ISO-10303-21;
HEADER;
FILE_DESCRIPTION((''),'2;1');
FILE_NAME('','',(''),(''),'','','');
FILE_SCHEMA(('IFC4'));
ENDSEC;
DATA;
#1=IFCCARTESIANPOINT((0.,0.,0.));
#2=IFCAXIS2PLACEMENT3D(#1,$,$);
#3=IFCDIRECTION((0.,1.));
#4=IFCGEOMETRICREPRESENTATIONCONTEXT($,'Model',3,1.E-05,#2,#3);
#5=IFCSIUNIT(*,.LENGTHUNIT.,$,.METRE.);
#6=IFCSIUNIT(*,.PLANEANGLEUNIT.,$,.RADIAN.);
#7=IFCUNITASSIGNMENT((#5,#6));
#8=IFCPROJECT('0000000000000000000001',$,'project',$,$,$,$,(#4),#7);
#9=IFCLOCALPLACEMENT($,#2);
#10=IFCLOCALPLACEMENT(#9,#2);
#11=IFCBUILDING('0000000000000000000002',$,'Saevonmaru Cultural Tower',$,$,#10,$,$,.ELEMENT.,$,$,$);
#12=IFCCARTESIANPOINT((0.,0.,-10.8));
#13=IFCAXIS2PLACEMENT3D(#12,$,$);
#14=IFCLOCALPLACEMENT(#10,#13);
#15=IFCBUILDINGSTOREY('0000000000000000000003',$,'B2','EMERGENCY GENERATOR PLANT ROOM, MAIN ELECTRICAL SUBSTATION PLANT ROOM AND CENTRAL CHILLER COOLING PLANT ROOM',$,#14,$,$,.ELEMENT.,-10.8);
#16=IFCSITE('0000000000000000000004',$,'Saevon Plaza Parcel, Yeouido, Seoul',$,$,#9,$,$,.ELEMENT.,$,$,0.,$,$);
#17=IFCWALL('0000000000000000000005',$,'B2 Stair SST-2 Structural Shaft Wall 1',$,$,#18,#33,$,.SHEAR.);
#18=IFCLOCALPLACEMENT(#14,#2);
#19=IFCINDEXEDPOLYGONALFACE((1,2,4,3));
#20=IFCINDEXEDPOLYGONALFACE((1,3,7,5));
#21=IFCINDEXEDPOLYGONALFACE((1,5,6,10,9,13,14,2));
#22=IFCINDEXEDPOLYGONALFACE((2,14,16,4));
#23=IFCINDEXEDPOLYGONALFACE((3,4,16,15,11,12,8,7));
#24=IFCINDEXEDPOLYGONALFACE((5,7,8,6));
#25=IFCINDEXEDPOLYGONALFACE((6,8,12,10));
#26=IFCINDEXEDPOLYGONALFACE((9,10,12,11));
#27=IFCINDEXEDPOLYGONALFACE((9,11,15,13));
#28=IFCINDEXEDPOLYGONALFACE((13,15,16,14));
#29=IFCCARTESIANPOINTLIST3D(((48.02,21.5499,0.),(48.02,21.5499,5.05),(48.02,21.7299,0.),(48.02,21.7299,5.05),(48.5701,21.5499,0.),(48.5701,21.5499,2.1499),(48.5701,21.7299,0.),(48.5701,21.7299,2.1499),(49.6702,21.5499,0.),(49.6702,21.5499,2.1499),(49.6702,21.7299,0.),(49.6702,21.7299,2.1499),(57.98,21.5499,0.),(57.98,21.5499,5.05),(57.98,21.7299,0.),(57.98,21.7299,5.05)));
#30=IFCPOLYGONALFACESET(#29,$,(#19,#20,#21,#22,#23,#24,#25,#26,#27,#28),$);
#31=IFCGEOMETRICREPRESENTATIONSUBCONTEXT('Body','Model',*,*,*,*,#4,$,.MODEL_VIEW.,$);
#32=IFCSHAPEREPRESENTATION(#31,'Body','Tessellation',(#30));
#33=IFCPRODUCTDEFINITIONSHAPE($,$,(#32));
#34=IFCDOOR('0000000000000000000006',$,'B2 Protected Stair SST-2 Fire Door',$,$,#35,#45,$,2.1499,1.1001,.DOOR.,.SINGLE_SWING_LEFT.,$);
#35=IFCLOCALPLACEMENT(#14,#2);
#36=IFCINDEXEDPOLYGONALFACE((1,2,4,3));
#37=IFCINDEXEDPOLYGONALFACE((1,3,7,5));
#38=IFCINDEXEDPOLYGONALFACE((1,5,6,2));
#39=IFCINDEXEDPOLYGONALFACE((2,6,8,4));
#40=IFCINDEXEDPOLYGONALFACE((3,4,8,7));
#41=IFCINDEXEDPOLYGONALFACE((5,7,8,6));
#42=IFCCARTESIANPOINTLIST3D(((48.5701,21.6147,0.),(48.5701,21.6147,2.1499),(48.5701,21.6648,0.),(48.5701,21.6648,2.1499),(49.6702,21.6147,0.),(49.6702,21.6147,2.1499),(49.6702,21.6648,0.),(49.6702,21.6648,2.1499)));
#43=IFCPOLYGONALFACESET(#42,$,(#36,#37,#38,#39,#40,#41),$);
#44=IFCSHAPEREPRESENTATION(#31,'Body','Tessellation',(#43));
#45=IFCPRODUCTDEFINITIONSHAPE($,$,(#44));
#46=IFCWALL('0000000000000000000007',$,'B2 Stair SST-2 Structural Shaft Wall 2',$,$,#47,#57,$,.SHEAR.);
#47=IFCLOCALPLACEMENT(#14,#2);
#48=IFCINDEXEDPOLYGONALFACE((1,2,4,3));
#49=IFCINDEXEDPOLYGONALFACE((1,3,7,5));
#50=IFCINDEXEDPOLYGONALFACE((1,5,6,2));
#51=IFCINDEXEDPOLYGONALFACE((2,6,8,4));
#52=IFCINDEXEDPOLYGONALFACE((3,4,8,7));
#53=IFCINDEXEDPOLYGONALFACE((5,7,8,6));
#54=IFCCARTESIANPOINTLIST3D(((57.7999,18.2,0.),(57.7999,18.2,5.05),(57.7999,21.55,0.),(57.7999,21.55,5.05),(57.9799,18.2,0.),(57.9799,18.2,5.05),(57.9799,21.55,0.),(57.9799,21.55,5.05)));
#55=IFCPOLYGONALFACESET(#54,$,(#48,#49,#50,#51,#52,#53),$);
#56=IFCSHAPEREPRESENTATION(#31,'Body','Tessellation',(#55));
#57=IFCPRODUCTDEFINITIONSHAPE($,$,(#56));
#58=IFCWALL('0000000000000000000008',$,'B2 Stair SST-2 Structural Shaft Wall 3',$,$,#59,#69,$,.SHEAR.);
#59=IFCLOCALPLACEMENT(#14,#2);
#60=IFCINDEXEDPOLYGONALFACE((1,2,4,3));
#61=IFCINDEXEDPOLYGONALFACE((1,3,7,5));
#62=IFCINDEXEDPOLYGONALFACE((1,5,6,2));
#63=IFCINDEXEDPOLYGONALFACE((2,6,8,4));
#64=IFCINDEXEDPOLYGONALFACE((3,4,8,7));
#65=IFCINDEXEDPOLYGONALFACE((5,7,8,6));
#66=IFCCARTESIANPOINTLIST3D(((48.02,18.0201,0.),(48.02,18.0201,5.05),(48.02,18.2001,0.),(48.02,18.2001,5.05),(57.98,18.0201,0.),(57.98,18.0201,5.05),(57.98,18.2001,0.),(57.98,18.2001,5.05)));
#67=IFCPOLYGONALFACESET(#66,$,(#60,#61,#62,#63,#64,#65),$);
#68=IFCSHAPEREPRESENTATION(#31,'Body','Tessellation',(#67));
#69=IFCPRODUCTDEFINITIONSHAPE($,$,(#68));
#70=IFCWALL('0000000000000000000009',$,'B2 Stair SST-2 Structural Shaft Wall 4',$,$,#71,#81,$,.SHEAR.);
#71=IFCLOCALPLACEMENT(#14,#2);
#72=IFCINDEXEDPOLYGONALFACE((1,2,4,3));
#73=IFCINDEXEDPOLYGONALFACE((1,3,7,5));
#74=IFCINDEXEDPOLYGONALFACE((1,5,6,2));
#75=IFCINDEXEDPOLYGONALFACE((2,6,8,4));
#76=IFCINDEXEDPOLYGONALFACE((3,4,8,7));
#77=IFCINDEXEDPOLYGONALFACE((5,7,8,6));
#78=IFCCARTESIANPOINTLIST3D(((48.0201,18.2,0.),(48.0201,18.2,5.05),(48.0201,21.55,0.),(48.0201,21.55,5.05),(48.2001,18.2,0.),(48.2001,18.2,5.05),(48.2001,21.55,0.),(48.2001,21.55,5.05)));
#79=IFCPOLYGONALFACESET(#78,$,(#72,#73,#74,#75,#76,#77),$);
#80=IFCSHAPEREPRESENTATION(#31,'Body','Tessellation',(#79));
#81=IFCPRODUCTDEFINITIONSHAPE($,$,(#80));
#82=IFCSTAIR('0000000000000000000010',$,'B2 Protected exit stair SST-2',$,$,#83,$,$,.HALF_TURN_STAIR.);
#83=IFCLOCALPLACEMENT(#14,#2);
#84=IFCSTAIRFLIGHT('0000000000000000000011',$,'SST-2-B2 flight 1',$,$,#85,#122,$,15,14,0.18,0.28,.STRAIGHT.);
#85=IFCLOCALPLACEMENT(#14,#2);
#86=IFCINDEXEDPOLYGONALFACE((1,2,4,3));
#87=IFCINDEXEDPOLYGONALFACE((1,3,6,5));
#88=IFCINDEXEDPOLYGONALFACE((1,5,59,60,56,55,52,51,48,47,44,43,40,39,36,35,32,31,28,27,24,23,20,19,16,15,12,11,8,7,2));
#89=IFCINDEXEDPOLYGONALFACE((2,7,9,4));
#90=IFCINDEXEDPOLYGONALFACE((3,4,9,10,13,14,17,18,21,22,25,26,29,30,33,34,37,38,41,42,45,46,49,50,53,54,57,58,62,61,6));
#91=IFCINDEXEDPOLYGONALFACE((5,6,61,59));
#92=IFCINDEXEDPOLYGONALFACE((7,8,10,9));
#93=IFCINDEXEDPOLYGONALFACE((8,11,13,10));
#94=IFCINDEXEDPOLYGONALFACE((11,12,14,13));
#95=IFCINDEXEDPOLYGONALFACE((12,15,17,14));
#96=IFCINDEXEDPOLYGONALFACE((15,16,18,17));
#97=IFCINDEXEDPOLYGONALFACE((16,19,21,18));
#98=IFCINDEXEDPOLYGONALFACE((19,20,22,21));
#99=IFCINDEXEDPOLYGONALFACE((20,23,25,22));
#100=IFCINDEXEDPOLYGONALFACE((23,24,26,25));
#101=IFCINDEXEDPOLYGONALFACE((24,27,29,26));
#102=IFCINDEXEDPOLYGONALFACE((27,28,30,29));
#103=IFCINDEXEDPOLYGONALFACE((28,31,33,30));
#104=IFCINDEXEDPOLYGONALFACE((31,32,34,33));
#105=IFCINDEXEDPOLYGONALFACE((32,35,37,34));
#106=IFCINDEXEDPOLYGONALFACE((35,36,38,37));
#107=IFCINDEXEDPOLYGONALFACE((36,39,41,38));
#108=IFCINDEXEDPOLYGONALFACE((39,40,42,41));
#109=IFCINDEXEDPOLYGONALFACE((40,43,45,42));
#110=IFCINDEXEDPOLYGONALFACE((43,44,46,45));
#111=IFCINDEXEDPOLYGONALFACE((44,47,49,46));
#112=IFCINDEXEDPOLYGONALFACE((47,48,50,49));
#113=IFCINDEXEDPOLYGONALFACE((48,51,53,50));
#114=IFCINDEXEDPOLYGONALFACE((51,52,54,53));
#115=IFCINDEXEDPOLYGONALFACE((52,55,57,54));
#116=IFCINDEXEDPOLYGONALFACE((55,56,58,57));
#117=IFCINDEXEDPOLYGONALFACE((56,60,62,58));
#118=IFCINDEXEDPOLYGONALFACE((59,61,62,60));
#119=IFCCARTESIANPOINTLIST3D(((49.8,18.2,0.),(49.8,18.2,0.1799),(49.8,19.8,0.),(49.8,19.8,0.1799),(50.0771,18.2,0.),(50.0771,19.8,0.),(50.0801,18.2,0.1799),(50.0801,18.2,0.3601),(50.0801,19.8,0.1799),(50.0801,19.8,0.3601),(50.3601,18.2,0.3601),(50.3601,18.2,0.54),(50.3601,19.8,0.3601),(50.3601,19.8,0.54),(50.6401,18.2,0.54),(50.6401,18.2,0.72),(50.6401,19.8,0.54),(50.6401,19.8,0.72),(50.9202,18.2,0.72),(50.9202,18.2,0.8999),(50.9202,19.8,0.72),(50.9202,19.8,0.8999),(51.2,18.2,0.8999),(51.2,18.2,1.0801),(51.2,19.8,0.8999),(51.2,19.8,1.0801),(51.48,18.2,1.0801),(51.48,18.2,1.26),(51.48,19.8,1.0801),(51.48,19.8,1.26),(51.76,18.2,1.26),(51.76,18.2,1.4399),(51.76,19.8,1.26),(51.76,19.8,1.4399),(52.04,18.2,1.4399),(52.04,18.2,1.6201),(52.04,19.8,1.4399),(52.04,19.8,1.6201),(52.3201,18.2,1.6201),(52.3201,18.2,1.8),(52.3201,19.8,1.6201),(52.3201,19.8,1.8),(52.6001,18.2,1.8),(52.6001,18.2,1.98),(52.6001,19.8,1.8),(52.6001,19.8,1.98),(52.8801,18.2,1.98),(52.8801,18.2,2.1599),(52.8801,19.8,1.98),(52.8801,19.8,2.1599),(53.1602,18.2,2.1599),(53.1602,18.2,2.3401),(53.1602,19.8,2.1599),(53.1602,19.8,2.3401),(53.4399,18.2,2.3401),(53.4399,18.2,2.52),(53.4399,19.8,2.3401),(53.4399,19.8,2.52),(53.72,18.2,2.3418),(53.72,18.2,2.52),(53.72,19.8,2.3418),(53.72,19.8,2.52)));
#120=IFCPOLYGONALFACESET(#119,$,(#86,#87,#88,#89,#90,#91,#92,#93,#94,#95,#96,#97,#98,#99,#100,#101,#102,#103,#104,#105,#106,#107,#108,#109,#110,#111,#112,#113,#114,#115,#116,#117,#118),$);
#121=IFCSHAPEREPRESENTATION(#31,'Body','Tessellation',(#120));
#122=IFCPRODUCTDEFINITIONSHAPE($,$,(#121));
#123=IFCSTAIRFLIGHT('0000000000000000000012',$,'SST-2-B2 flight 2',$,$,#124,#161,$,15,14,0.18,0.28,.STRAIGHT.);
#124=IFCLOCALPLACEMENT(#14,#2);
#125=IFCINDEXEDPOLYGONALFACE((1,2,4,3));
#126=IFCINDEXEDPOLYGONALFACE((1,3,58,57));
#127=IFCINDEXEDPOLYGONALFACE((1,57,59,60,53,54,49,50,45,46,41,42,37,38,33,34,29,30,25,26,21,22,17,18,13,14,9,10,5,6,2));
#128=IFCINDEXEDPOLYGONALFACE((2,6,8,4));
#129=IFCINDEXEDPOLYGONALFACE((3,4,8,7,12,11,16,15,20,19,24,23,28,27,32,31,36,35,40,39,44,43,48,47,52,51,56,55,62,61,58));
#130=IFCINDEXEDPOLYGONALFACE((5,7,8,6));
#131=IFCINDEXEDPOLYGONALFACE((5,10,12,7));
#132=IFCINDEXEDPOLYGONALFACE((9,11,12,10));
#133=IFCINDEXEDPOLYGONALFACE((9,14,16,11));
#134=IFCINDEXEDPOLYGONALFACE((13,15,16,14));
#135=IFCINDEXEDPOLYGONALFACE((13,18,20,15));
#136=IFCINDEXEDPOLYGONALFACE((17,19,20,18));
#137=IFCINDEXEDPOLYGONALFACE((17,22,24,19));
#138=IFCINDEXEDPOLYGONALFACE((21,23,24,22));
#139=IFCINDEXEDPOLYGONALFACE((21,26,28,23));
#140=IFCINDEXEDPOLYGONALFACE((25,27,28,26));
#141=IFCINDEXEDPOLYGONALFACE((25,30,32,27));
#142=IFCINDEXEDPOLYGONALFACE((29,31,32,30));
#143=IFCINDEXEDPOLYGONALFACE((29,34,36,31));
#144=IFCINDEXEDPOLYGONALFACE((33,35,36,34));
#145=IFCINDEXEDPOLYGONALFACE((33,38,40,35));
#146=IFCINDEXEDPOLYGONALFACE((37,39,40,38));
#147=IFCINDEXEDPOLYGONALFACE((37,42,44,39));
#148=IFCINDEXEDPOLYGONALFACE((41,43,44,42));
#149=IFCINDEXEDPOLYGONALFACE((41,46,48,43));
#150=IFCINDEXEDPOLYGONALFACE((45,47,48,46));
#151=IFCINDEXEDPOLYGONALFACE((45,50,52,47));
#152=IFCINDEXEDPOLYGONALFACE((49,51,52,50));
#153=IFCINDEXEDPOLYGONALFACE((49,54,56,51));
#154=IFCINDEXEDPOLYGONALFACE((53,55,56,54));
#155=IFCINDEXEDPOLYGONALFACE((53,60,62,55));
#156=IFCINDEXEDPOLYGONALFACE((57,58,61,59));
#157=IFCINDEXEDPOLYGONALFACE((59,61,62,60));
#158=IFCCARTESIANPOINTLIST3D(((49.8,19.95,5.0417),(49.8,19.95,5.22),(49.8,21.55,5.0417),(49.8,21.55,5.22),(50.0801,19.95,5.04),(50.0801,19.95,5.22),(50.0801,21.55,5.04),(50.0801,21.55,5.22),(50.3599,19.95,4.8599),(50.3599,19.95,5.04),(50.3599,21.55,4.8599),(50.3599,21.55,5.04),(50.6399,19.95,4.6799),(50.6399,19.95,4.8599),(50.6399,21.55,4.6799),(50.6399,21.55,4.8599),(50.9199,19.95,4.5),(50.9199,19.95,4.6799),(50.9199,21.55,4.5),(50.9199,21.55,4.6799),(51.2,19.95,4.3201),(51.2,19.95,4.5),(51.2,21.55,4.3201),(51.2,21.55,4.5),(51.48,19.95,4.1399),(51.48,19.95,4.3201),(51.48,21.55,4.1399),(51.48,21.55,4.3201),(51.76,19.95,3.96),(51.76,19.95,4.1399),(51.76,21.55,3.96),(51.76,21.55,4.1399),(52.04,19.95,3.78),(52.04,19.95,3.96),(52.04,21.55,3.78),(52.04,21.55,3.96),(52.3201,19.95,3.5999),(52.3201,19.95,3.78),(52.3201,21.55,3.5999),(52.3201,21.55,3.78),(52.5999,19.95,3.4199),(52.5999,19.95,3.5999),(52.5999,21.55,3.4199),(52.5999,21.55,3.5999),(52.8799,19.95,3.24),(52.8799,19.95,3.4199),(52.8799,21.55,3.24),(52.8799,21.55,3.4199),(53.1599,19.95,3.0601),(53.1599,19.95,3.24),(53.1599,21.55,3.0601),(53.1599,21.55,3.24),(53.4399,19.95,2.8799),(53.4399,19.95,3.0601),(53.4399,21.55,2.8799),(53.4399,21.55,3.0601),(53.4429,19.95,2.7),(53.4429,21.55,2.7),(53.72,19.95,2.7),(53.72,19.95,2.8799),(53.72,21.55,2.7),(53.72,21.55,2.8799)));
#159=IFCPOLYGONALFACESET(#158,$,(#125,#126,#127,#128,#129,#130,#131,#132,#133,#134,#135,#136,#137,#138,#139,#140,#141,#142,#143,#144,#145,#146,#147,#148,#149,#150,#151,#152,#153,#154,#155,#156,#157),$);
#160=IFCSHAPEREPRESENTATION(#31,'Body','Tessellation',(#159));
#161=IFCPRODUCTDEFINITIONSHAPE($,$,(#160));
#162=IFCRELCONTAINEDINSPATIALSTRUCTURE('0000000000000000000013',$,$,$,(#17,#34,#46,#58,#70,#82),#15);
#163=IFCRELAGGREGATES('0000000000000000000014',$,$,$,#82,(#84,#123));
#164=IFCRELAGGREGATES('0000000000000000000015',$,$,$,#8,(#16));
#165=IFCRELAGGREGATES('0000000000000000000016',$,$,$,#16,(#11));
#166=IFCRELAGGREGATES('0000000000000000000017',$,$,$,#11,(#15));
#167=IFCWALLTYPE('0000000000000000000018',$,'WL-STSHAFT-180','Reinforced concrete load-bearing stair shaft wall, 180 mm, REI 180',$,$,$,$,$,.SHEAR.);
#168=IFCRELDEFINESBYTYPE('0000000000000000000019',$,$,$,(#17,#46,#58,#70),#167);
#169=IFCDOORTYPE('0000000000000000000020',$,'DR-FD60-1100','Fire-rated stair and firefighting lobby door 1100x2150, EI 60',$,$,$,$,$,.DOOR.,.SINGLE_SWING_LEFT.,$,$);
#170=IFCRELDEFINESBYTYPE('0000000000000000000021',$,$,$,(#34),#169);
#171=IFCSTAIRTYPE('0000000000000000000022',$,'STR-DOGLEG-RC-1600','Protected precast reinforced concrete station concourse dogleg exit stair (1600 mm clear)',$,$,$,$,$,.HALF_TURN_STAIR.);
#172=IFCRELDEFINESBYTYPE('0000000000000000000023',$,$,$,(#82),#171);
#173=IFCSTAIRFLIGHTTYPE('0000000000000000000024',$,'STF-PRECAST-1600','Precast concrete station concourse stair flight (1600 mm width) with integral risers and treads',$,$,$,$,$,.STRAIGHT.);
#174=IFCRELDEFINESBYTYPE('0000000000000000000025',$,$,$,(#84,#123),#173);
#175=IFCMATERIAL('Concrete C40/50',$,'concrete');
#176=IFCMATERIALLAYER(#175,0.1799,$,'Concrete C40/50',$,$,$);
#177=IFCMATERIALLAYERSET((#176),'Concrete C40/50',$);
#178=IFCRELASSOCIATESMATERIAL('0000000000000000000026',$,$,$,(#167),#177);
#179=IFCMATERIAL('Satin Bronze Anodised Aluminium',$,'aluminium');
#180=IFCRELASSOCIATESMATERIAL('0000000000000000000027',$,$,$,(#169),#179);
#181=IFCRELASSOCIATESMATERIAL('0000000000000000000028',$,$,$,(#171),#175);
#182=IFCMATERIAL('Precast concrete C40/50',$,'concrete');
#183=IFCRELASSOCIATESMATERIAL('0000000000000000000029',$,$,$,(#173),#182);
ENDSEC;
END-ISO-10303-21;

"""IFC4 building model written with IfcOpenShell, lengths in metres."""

from ifc_helpers import new_model, si_unit, direction, frame, frame_2d, origin, place, context, subcontext, project, spatial, polyline, rectangle, outline, extrude, material, layer, layer_set, type_object, element, fill, aggregate, save


model = new_model("IFC4")

# Units and contexts
model_context = context("Model", 3, precision=1e-05, world=origin(), true_north=direction((0.0, 1.0)))
body_context = subcontext(model_context, "Body", "Model", "MODEL_VIEW")
ifc_project = project(units=[si_unit("LENGTHUNIT", "METRE"), si_unit("PLANEANGLEUNIT", "RADIAN")], contexts=[model_context])

# Site, building, storey
site_placement = place(None, origin())
site = spatial("IfcSite", under=ifc_project, at=site_placement, Name="Saevon Plaza Parcel, Yeouido, Seoul", CompositionType="ELEMENT", RefElevation=0.0)
building_placement = place(site_placement, origin())
building = spatial("IfcBuilding", under=site, at=building_placement, Name="Saevonmaru Cultural Tower", CompositionType="ELEMENT")
storey_placement = place(building_placement, frame((0.0, 0.0, -10.8)))
storey = spatial("IfcBuildingStorey", under=building, at=storey_placement, Name="B2", Description="EMERGENCY GENERATOR PLANT ROOM, MAIN ELECTRICAL SUBSTATION PLANT ROOM AND CENTRAL CHILLER COOLING PLANT ROOM", CompositionType="ELEMENT", Elevation=-10.8)

# Wall, opening, door
ifc_material_1 = material(Name="Concrete C40/50", Category="concrete")
ifc_layer = layer(ifc_material_1, 0.1799, Name="Concrete C40/50")
ifc_layer_set = layer_set([ifc_layer], Name="Concrete C40/50")
wall_type = type_object("IfcWallType", Name="WL-STSHAFT-180", Description="Reinforced concrete load-bearing stair shaft wall, 180 mm, REI 180", PredefinedType="SHEAR", material=ifc_layer_set)
wall_1_placement = place(storey_placement, frame((48.02, 21.6399, 0.0), z_axis=(0.0, 0.0, 1.0), x_axis=(1.0, 0.0, 0.0)))
wall_1 = element("IfcWall", 1, at=wall_1_placement, inside=storey, type_object=wall_type, Name="B2 Stair SST-2 Structural Shaft Wall 1", PredefinedType="SHEAR", context=body_context, shape_type="SweptSolid", body=[
    extrude(rectangle(XDim=9.96, YDim=0.1799, at=frame_2d((4.98, 0.0))), origin(), (0.0, 0.0, 1.0), 5.05),
])
opening_placement = place(wall_1_placement, frame((0.55, 0.0, 0.0)))
opening = element("IfcOpeningElement", 2, at=opening_placement, cuts=wall_1, PredefinedType="OPENING", context=body_context, shape_type="SweptSolid", body=[
    extrude(rectangle(XDim=1.1001, YDim=2.1499, at=frame_2d((0.55, 1.075))), frame((0.0, 0.1001, 0.0), z_axis=(0.0, -1.0, 0.0), x_axis=(1.0, 0.0, 0.0)), (0.0, 0.0, 1.0), 0.2),
])
ifc_material_2 = material(Name="Satin Bronze Anodised Aluminium", Category="aluminium")
door_type = type_object("IfcDoorType", Name="DR-FD60-1100", Description="Fire-rated stair and firefighting lobby door 1100x2150, EI 60", OperationType="SINGLE_SWING_LEFT", PredefinedType="DOOR", material=ifc_material_2)
door_placement = place(opening_placement, origin())
door = element("IfcDoor", 3, at=door_placement, inside=storey, type_object=door_type, Name="B2 Protected Stair SST-2 Fire Door", OperationType="SINGLE_SWING_LEFT", OverallHeight=2.1499, OverallWidth=1.1001, PredefinedType="DOOR", context=body_context, shape_type="SweptSolid", body=[
    extrude(rectangle(XDim=1.1001, YDim=2.1499, at=frame_2d((0.55, 1.075))), frame((0.0, 0.0249, 0.0), z_axis=(0.0, -1.0, 0.0), x_axis=(1.0, 0.0, 0.0)), (0.0, 0.0, 1.0), 0.05),
])
fill(opening, door)

# Walls
wall_2_placement = place(storey_placement, frame((57.8899, 21.55, 0.0), z_axis=(0.0, 0.0, 1.0), x_axis=(0.0, -1.0, 0.0)))
element("IfcWall", 4, at=wall_2_placement, inside=storey, type_object=wall_type, Name="B2 Stair SST-2 Structural Shaft Wall 2", PredefinedType="SHEAR", context=body_context, shape_type="SweptSolid", body=[
    extrude(rectangle(XDim=3.3501, YDim=0.1799, at=frame_2d((1.675, 0.0))), origin(), (0.0, 0.0, 1.0), 5.05),
])
wall_3_placement = place(storey_placement, frame((57.98, 18.1101, 0.0), z_axis=(0.0, 0.0, 1.0), x_axis=(-1.0, 0.0, 0.0)))
element("IfcWall", 5, at=wall_3_placement, inside=storey, type_object=wall_type, Name="B2 Stair SST-2 Structural Shaft Wall 3", PredefinedType="SHEAR", context=body_context, shape_type="SweptSolid", body=[
    extrude(rectangle(XDim=9.96, YDim=0.1799, at=frame_2d((4.98, 0.0))), origin(), (0.0, 0.0, 1.0), 5.05),
])
wall_4_placement = place(storey_placement, frame((48.1101, 18.2, 0.0), z_axis=(0.0, 0.0, 1.0), x_axis=(0.0, 1.0, 0.0)))
element("IfcWall", 6, at=wall_4_placement, inside=storey, type_object=wall_type, Name="B2 Stair SST-2 Structural Shaft Wall 4", PredefinedType="SHEAR", context=body_context, shape_type="SweptSolid", body=[
    extrude(rectangle(XDim=3.3501, YDim=0.1799, at=frame_2d((1.675, 0.0))), origin(), (0.0, 0.0, 1.0), 5.05),
])

# Stair, stair flights
stair_type = type_object("IfcStairType", Name="STR-DOGLEG-RC-1600", Description="Protected precast reinforced concrete station concourse dogleg exit stair (1600 mm clear)", PredefinedType="HALF_TURN_STAIR", material=ifc_material_1)
stair_placement = place(storey_placement, origin())
stair = element("IfcStair", 7, at=stair_placement, inside=storey, type_object=stair_type, Name="B2 Protected exit stair SST-2", PredefinedType="HALF_TURN_STAIR")
ifc_material_3 = material(Name="Precast concrete C40/50", Category="concrete")
stair_flight_type = type_object("IfcStairFlightType", Name="STF-PRECAST-1600", Description="Precast concrete station concourse stair flight (1600 mm width) with integral risers and treads", PredefinedType="STRAIGHT", material=ifc_material_3)
stair_flight_1_placement = place(storey_placement, frame((49.8, 19.0, 0.0), z_axis=(0.0, 0.0, 1.0), x_axis=(1.0, 0.0, 0.0)))
stair_flight_1 = element("IfcStairFlight", 8, at=stair_flight_1_placement, type_object=stair_flight_type, Name="SST-2-B2 flight 1", NumberOfRisers=15, NumberOfTreads=14, PredefinedType="STRAIGHT", RiserHeight=0.18, TreadLength=0.28, context=body_context, shape_type="SweptSolid", body=[
    extrude(outline(polyline([(0.0, 0.0), (0.0, 0.1799), (0.28, 0.1799), (0.28, 0.3601), (0.5601, 0.3601), (0.5601, 0.54), (0.8401, 0.54), (0.8401, 0.72), (1.1201, 0.72), (1.1201, 0.8999), (1.3999, 0.8999), (1.3999, 1.0801), (1.6799, 1.0801), (1.6799, 1.26), (1.96, 1.26), (1.96, 1.4399), (2.24, 1.4399), (2.24, 1.6201), (2.52, 1.6201), (2.52, 1.8), (2.8, 1.8), (2.8, 1.98), (3.0801, 1.98), (3.0801, 2.1599), (3.3601, 2.1599), (3.3601, 2.3401), (3.6399, 2.3401), (3.6399, 2.52), (3.9199, 2.52), (3.9199, 2.7), (3.9199, 2.3418), (0.2771, 0.0), (0.0, 0.0)])), frame((0.0, 0.8, 0.0), z_axis=(0.0, -1.0, 0.0), x_axis=(1.0, 0.0, 0.0)), (0.0, 0.0, 1.0), 1.6001),
])
stair_flight_2_placement = place(storey_placement, frame((53.72, 20.75, 2.7), z_axis=(0.0, 0.0, 1.0), x_axis=(-1.0, 0.0, 0.0)))
stair_flight_2 = element("IfcStairFlight", 9, at=stair_flight_2_placement, type_object=stair_flight_type, Name="SST-2-B2 flight 2", NumberOfRisers=15, NumberOfTreads=14, PredefinedType="STRAIGHT", RiserHeight=0.18, TreadLength=0.28, context=body_context, shape_type="SweptSolid", body=[
    extrude(outline(polyline([(0.0, 0.0), (0.0, 0.1799), (0.28, 0.1799), (0.28, 0.3601), (0.5601, 0.3601), (0.5601, 0.54), (0.8401, 0.54), (0.8401, 0.72), (1.1201, 0.72), (1.1201, 0.8999), (1.3999, 0.8999), (1.3999, 1.0801), (1.6799, 1.0801), (1.6799, 1.26), (1.96, 1.26), (1.96, 1.4399), (2.24, 1.4399), (2.24, 1.6201), (2.52, 1.6201), (2.52, 1.8), (2.8, 1.8), (2.8, 1.98), (3.0801, 1.98), (3.0801, 2.1599), (3.3601, 2.1599), (3.3601, 2.3401), (3.6399, 2.3401), (3.6399, 2.52), (3.9199, 2.52), (3.9199, 2.7), (3.9199, 2.3418), (0.2771, 0.0), (0.0, 0.0)])), frame((0.0, 0.8, 0.0), z_axis=(0.0, -1.0, 0.0), x_axis=(1.0, 0.0, 0.0)), (0.0, 0.0, 1.0), 1.6001),
])
aggregate(stair, [stair_flight_1, stair_flight_2])

save(model, "model.ifc")
